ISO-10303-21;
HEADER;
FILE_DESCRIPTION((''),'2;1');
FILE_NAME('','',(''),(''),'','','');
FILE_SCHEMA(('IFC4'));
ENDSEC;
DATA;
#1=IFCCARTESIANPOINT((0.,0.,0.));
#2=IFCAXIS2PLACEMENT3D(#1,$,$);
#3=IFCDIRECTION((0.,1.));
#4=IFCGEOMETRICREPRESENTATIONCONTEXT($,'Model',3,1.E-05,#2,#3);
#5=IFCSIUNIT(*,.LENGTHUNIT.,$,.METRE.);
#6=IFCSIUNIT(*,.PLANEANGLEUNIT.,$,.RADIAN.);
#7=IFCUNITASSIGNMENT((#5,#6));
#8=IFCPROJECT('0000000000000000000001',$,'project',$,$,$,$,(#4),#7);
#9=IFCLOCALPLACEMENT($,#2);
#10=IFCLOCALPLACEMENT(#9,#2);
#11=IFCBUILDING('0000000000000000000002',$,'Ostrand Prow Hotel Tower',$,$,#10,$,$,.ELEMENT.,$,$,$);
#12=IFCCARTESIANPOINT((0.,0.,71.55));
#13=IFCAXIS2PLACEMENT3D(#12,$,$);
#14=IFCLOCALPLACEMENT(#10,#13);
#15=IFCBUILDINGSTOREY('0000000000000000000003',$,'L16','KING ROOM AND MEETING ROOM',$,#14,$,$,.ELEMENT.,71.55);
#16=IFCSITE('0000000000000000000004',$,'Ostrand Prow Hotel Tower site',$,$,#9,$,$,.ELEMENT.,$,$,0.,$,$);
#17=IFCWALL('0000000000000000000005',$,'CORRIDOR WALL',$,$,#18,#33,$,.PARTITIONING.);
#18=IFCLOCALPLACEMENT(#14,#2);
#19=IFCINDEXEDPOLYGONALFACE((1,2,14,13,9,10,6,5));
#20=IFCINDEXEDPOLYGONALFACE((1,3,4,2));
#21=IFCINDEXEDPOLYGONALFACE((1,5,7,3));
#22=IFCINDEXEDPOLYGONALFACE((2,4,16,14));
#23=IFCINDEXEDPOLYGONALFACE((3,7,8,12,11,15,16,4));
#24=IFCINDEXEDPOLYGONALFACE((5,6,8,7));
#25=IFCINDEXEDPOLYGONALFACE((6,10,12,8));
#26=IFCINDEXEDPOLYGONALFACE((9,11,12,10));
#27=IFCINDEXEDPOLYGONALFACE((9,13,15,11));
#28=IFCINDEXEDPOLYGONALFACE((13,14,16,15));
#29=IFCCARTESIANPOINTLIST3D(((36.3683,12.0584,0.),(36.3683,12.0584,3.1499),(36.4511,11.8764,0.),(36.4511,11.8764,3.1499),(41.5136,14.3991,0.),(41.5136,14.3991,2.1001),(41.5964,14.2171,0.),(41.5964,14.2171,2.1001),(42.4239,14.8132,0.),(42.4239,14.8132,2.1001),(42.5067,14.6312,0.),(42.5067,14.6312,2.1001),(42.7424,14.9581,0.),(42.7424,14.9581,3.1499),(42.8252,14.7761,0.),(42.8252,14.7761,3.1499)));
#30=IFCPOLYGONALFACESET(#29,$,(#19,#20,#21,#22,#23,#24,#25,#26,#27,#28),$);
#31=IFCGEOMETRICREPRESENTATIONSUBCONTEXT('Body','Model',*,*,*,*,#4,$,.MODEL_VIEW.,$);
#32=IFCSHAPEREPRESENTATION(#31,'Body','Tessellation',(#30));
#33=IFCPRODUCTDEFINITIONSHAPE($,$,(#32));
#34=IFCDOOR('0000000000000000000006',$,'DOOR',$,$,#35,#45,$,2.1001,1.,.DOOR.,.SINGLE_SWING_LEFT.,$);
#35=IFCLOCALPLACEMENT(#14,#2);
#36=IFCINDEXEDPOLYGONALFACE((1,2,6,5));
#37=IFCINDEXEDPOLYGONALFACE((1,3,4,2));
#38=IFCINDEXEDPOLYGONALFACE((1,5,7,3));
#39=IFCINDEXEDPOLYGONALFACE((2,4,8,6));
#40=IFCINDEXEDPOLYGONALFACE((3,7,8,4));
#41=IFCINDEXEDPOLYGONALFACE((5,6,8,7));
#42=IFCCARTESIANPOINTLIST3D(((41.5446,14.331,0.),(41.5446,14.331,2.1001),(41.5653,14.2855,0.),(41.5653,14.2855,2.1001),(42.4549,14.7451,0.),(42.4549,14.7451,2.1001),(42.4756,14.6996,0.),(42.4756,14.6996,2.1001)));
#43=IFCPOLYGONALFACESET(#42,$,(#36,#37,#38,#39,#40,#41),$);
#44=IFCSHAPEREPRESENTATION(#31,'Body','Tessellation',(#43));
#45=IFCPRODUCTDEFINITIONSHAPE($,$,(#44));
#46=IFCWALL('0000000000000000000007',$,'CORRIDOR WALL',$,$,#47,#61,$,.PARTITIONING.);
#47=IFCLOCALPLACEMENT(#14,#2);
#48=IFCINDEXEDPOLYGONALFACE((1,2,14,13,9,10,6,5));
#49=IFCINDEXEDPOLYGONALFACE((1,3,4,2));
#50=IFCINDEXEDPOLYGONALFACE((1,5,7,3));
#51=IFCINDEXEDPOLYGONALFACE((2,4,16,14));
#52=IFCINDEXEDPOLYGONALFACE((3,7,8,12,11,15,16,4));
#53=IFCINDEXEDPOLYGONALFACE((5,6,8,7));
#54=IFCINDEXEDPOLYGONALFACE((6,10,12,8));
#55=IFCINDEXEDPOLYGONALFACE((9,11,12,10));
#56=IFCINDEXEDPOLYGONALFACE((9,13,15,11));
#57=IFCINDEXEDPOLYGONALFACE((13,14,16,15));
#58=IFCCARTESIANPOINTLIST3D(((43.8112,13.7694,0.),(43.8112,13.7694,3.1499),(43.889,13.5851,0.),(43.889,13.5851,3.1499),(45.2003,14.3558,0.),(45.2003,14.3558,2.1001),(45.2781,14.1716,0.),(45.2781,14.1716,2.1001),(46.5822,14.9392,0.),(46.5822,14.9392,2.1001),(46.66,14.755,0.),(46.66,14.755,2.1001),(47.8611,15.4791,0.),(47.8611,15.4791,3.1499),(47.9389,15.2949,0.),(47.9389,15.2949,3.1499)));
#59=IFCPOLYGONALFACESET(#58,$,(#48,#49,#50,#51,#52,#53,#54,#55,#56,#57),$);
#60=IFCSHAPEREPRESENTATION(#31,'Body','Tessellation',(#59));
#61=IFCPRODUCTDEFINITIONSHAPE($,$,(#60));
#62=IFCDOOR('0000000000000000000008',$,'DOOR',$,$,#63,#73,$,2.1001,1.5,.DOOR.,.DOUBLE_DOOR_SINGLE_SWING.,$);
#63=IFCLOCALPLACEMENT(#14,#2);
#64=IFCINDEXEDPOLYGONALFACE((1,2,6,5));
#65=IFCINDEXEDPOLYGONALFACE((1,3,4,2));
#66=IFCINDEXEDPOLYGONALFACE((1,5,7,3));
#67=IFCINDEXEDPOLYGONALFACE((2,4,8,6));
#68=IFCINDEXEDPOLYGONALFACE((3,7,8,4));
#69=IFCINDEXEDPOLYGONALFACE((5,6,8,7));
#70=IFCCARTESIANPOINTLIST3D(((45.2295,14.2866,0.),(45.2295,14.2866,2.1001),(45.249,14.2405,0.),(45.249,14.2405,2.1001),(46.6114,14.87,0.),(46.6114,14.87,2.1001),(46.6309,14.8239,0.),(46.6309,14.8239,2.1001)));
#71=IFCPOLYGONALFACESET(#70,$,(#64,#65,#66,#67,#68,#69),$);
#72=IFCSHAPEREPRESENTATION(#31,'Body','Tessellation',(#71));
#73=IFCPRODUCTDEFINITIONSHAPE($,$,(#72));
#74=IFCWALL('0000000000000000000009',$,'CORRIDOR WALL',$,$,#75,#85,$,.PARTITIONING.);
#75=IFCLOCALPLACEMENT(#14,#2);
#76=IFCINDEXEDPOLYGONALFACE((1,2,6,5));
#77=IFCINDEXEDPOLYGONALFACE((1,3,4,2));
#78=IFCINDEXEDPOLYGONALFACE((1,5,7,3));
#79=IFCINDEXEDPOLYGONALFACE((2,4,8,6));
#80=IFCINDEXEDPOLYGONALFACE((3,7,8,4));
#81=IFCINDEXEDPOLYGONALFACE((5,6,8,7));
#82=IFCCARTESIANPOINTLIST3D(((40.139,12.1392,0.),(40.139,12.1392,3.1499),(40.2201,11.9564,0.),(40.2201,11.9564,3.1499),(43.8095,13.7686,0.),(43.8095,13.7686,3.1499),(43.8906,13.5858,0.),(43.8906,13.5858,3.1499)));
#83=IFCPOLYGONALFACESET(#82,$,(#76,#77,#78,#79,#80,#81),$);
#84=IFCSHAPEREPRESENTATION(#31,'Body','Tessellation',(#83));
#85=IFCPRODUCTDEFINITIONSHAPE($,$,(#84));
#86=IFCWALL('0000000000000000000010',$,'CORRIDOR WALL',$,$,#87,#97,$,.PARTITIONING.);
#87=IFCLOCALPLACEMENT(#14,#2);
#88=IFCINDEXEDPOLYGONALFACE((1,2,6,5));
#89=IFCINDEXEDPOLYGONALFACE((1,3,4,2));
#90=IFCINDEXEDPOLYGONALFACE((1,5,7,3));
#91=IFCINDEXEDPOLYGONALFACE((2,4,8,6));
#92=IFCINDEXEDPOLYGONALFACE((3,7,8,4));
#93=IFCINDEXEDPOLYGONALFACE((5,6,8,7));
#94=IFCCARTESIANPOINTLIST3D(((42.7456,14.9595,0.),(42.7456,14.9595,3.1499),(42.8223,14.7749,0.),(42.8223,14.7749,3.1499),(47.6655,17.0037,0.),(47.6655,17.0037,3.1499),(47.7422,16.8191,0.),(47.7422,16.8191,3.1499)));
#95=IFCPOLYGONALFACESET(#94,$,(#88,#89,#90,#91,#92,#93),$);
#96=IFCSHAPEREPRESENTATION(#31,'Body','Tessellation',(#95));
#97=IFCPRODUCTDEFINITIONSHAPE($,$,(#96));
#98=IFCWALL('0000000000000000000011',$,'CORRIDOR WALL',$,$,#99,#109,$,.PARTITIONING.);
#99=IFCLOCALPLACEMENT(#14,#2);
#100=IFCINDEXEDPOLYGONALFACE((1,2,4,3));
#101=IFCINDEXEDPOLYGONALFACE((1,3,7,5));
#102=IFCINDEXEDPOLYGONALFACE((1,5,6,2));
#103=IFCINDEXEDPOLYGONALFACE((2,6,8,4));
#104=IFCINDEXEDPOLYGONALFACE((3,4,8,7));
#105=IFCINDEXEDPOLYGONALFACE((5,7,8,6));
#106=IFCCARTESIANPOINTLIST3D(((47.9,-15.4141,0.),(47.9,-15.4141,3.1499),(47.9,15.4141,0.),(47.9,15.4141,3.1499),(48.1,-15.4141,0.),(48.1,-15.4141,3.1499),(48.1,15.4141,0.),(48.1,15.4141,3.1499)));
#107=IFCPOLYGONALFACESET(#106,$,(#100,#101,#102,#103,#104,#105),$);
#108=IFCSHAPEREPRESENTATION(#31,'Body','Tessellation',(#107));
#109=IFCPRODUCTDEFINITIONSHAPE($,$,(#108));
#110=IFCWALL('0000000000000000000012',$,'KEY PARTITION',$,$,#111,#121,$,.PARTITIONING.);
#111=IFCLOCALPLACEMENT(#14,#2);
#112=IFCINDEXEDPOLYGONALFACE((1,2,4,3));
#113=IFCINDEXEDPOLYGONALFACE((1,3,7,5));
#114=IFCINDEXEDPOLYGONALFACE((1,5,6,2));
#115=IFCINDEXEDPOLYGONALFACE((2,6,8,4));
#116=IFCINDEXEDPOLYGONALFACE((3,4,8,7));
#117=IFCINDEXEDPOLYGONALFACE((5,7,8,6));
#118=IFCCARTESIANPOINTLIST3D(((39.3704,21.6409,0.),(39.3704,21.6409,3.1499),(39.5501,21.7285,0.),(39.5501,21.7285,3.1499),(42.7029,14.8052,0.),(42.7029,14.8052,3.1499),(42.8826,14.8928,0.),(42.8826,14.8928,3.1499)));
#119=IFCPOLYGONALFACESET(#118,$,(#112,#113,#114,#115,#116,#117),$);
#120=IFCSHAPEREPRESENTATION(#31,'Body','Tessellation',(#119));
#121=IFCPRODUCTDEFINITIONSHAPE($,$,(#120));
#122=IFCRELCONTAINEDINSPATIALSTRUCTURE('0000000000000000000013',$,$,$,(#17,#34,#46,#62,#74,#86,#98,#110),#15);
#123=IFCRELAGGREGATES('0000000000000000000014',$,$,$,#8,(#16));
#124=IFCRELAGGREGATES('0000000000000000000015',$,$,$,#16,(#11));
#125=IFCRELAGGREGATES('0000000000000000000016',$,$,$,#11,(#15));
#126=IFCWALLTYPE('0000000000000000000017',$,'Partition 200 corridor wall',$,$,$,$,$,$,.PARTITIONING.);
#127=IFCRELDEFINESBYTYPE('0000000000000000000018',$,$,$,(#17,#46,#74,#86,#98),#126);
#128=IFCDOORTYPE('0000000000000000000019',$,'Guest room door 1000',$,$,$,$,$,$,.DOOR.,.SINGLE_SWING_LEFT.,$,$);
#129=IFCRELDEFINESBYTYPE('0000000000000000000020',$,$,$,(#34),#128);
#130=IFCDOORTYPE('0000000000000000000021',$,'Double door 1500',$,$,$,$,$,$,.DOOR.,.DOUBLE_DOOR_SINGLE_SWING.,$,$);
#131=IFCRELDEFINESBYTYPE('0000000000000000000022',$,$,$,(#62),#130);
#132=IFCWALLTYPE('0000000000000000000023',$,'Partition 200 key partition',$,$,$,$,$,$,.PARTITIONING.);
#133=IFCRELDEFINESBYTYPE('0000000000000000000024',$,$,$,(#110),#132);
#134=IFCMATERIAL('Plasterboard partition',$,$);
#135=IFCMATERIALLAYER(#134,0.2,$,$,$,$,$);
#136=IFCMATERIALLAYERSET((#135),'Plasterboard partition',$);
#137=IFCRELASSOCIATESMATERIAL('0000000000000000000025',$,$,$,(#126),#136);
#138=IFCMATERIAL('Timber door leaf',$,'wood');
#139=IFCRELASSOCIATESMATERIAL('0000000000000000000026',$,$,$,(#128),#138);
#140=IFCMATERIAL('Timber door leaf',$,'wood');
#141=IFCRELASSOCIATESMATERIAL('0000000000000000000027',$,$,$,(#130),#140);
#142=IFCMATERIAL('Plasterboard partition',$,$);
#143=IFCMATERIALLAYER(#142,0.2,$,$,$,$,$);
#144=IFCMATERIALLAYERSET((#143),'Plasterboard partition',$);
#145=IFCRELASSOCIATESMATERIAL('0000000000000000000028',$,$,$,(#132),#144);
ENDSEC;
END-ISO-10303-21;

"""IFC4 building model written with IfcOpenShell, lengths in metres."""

from ifc_helpers import new_model, si_unit, direction, frame, frame_2d, origin, place, context, subcontext, project, spatial, rectangle, extrude, material, layer, layer_set, type_object, element, fill, save


model = new_model("IFC4")

# Units and contexts
model_context = context("Model", 3, precision=1e-05, world=origin(), true_north=direction((0.0, 1.0)))
body_context = subcontext(model_context, "Body", "Model", "MODEL_VIEW")
ifc_project = project(units=[si_unit("LENGTHUNIT", "METRE"), si_unit("PLANEANGLEUNIT", "RADIAN")], contexts=[model_context])

# Site, building, storey
site_placement = place(None, origin())
site = spatial("IfcSite", under=ifc_project, at=site_placement, Name="Ostrand Prow Hotel Tower site", CompositionType="ELEMENT", RefElevation=0.0)
building_placement = place(site_placement, origin())
building = spatial("IfcBuilding", under=site, at=building_placement, Name="Ostrand Prow Hotel Tower", CompositionType="ELEMENT")
storey_placement = place(building_placement, frame((0.0, 0.0, 71.55)))
storey = spatial("IfcBuildingStorey", under=building, at=storey_placement, Name="L16", Description="KING ROOM AND MEETING ROOM", CompositionType="ELEMENT", Elevation=71.55)

# Walls, openings, doors
ifc_material_1 = material(Name="Plasterboard partition")
ifc_layer_1 = layer(ifc_material_1, 0.2)
ifc_layer_set_1 = layer_set([ifc_layer_1], Name="Plasterboard partition")
wall_type_1 = type_object("IfcWallType", Name="Partition 200 corridor wall", PredefinedType="PARTITIONING", material=ifc_layer_set_1)
wall_1_placement = place(storey_placement, frame((42.7839, 14.8672, 0.0), z_axis=(0.0, 0.0, 1.0), x_axis=(-0.910239, -0.414084, 0.0)))
wall_1 = element("IfcWall", 1, at=wall_1_placement, inside=storey, type_object=wall_type_1, Name="CORRIDOR WALL", PredefinedType="PARTITIONING", context=body_context, shape_type="SweptSolid", body=[
    extrude(rectangle(XDim=7.0027, YDim=0.2, at=frame_2d((3.5015, 0.0))), origin(), (0.0, 0.0, 1.0), 3.1499),
])
opening_1_placement = place(wall_1_placement, frame((0.3501, 0.0, 0.0)))
opening_1 = element("IfcOpeningElement", 2, at=opening_1_placement, cuts=wall_1, PredefinedType="OPENING", context=body_context, shape_type="SweptSolid", body=[
    extrude(rectangle(XDim=1.0, YDim=2.1001, at=frame_2d((0.5, 1.05))), frame((0.0, 0.1099, 0.0), z_axis=(0.0, -1.0, 0.0), x_axis=(1.0, 0.0, 0.0)), (0.0, 0.0, 1.0), 0.22),
])
ifc_material_2 = material(Name="Timber door leaf", Category="wood")
door_type_1 = type_object("IfcDoorType", Name="Guest room door 1000", OperationType="SINGLE_SWING_LEFT", PredefinedType="DOOR", material=ifc_material_2)
door_1_placement = place(opening_1_placement, origin())
door_1 = element("IfcDoor", 3, at=door_1_placement, inside=storey, type_object=door_type_1, Name="DOOR", OperationType="SINGLE_SWING_LEFT", OverallHeight=2.1001, OverallWidth=1.0, PredefinedType="DOOR", context=body_context, shape_type="SweptSolid", body=[
    extrude(rectangle(XDim=1.0, YDim=2.1001, at=frame_2d((0.5, 1.05))), frame((0.0, 0.0249, 0.0), z_axis=(0.0, -1.0, 0.0), x_axis=(1.0, 0.0, 0.0)), (0.0, 0.0, 1.0), 0.05),
])
fill(opening_1, door_1)
wall_2_placement = place(storey_placement, frame((43.8501, 13.6772, 0.0), z_axis=(0.0, 0.0, 1.0), x_axis=(0.921266, 0.388933, 0.0)))
wall_2 = element("IfcWall", 4, at=wall_2_placement, inside=storey, type_object=wall_type_1, Name="CORRIDOR WALL", PredefinedType="PARTITIONING", context=body_context, shape_type="SweptSolid", body=[
    extrude(rectangle(XDim=4.396, YDim=0.2, at=frame_2d((2.198, 0.0))), origin(), (0.0, 0.0, 1.0), 3.1499),
])
opening_2_placement = place(wall_2_placement, frame((1.5078, 0.0, 0.0)))
opening_2 = element("IfcOpeningElement", 5, at=opening_2_placement, cuts=wall_2, PredefinedType="OPENING", context=body_context, shape_type="SweptSolid", body=[
    extrude(rectangle(XDim=1.5, YDim=2.1001, at=frame_2d((0.75, 1.05))), frame((0.0, 0.1099, 0.0), z_axis=(0.0, -1.0, 0.0), x_axis=(1.0, 0.0, 0.0)), (0.0, 0.0, 1.0), 0.22),
])
ifc_material_3 = material(Name="Timber door leaf", Category="wood")
door_type_2 = type_object("IfcDoorType", Name="Double door 1500", OperationType="DOUBLE_DOOR_SINGLE_SWING", PredefinedType="DOOR", material=ifc_material_3)
door_2_placement = place(opening_2_placement, origin())
door_2 = element("IfcDoor", 6, at=door_2_placement, inside=storey, type_object=door_type_2, Name="DOOR", OperationType="DOUBLE_DOOR_SINGLE_SWING", OverallHeight=2.1001, OverallWidth=1.5, PredefinedType="DOOR", context=body_context, shape_type="SweptSolid", body=[
    extrude(rectangle(XDim=1.5, YDim=2.1001, at=frame_2d((0.75, 1.05))), frame((0.0, 0.0249, 0.0), z_axis=(0.0, -1.0, 0.0), x_axis=(1.0, 0.0, 0.0)), (0.0, 0.0, 1.0), 0.05),
])
fill(opening_2, door_2)

# Walls
wall_3_placement = place(storey_placement, frame((40.1797, 12.0479, 0.0), z_axis=(0.0, 0.0, 1.0), x_axis=(0.913987, 0.405744, 0.0)))
element("IfcWall", 7, at=wall_3_placement, inside=storey, type_object=wall_type_1, Name="CORRIDOR WALL", PredefinedType="PARTITIONING", context=body_context, shape_type="SweptSolid", body=[
    extrude(rectangle(XDim=4.0159, YDim=0.2, at=frame_2d((2.0078, 0.0))), origin(), (0.0, 0.0, 1.0), 3.1499),
])
wall_4_placement = place(storey_placement, frame((47.7039, 16.9114, 0.0), z_axis=(0.0, 0.0, 1.0), x_axis=(-0.923461, -0.383691, 0.0)))
element("IfcWall", 8, at=wall_4_placement, inside=storey, type_object=wall_type_1, Name="CORRIDOR WALL", PredefinedType="PARTITIONING", context=body_context, shape_type="SweptSolid", body=[
    extrude(rectangle(XDim=5.3276, YDim=0.2, at=frame_2d((2.6638, 0.0))), origin(), (0.0, 0.0, 1.0), 3.1499),
])
wall_5_placement = place(storey_placement, frame((48.0, 15.4141, 0.0), z_axis=(0.0, 0.0, 1.0), x_axis=(0.0, -1.0, 0.0)))
element("IfcWall", 9, at=wall_5_placement, inside=storey, type_object=wall_type_1, Name="CORRIDOR WALL", PredefinedType="PARTITIONING", context=body_context, shape_type="SweptSolid", body=[
    extrude(rectangle(XDim=30.8281, YDim=0.2, at=frame_2d((15.4141, 0.0))), origin(), (0.0, 0.0, 1.0), 3.1499),
])
ifc_material_4 = material(Name="Plasterboard partition")
ifc_layer_2 = layer(ifc_material_4, 0.2)
ifc_layer_set_2 = layer_set([ifc_layer_2], Name="Plasterboard partition")
wall_type_2 = type_object("IfcWallType", Name="Partition 200 key partition", PredefinedType="PARTITIONING", material=ifc_layer_set_2)
wall_6_placement = place(storey_placement, frame((42.7927, 14.8491, 0.0), z_axis=(0.0, 0.0, 1.0), x_axis=(-0.438215, 0.89887, 0.0)))
element("IfcWall", 10, at=wall_6_placement, inside=storey, type_object=wall_type_2, Name="KEY PARTITION", PredefinedType="PARTITIONING", context=body_context, shape_type="SweptSolid", body=[
    extrude(rectangle(XDim=7.6047, YDim=0.2, at=frame_2d((3.8022, 0.0))), origin(), (0.0, 0.0, 1.0), 3.1499),
])

save(model, "model.ifc")
